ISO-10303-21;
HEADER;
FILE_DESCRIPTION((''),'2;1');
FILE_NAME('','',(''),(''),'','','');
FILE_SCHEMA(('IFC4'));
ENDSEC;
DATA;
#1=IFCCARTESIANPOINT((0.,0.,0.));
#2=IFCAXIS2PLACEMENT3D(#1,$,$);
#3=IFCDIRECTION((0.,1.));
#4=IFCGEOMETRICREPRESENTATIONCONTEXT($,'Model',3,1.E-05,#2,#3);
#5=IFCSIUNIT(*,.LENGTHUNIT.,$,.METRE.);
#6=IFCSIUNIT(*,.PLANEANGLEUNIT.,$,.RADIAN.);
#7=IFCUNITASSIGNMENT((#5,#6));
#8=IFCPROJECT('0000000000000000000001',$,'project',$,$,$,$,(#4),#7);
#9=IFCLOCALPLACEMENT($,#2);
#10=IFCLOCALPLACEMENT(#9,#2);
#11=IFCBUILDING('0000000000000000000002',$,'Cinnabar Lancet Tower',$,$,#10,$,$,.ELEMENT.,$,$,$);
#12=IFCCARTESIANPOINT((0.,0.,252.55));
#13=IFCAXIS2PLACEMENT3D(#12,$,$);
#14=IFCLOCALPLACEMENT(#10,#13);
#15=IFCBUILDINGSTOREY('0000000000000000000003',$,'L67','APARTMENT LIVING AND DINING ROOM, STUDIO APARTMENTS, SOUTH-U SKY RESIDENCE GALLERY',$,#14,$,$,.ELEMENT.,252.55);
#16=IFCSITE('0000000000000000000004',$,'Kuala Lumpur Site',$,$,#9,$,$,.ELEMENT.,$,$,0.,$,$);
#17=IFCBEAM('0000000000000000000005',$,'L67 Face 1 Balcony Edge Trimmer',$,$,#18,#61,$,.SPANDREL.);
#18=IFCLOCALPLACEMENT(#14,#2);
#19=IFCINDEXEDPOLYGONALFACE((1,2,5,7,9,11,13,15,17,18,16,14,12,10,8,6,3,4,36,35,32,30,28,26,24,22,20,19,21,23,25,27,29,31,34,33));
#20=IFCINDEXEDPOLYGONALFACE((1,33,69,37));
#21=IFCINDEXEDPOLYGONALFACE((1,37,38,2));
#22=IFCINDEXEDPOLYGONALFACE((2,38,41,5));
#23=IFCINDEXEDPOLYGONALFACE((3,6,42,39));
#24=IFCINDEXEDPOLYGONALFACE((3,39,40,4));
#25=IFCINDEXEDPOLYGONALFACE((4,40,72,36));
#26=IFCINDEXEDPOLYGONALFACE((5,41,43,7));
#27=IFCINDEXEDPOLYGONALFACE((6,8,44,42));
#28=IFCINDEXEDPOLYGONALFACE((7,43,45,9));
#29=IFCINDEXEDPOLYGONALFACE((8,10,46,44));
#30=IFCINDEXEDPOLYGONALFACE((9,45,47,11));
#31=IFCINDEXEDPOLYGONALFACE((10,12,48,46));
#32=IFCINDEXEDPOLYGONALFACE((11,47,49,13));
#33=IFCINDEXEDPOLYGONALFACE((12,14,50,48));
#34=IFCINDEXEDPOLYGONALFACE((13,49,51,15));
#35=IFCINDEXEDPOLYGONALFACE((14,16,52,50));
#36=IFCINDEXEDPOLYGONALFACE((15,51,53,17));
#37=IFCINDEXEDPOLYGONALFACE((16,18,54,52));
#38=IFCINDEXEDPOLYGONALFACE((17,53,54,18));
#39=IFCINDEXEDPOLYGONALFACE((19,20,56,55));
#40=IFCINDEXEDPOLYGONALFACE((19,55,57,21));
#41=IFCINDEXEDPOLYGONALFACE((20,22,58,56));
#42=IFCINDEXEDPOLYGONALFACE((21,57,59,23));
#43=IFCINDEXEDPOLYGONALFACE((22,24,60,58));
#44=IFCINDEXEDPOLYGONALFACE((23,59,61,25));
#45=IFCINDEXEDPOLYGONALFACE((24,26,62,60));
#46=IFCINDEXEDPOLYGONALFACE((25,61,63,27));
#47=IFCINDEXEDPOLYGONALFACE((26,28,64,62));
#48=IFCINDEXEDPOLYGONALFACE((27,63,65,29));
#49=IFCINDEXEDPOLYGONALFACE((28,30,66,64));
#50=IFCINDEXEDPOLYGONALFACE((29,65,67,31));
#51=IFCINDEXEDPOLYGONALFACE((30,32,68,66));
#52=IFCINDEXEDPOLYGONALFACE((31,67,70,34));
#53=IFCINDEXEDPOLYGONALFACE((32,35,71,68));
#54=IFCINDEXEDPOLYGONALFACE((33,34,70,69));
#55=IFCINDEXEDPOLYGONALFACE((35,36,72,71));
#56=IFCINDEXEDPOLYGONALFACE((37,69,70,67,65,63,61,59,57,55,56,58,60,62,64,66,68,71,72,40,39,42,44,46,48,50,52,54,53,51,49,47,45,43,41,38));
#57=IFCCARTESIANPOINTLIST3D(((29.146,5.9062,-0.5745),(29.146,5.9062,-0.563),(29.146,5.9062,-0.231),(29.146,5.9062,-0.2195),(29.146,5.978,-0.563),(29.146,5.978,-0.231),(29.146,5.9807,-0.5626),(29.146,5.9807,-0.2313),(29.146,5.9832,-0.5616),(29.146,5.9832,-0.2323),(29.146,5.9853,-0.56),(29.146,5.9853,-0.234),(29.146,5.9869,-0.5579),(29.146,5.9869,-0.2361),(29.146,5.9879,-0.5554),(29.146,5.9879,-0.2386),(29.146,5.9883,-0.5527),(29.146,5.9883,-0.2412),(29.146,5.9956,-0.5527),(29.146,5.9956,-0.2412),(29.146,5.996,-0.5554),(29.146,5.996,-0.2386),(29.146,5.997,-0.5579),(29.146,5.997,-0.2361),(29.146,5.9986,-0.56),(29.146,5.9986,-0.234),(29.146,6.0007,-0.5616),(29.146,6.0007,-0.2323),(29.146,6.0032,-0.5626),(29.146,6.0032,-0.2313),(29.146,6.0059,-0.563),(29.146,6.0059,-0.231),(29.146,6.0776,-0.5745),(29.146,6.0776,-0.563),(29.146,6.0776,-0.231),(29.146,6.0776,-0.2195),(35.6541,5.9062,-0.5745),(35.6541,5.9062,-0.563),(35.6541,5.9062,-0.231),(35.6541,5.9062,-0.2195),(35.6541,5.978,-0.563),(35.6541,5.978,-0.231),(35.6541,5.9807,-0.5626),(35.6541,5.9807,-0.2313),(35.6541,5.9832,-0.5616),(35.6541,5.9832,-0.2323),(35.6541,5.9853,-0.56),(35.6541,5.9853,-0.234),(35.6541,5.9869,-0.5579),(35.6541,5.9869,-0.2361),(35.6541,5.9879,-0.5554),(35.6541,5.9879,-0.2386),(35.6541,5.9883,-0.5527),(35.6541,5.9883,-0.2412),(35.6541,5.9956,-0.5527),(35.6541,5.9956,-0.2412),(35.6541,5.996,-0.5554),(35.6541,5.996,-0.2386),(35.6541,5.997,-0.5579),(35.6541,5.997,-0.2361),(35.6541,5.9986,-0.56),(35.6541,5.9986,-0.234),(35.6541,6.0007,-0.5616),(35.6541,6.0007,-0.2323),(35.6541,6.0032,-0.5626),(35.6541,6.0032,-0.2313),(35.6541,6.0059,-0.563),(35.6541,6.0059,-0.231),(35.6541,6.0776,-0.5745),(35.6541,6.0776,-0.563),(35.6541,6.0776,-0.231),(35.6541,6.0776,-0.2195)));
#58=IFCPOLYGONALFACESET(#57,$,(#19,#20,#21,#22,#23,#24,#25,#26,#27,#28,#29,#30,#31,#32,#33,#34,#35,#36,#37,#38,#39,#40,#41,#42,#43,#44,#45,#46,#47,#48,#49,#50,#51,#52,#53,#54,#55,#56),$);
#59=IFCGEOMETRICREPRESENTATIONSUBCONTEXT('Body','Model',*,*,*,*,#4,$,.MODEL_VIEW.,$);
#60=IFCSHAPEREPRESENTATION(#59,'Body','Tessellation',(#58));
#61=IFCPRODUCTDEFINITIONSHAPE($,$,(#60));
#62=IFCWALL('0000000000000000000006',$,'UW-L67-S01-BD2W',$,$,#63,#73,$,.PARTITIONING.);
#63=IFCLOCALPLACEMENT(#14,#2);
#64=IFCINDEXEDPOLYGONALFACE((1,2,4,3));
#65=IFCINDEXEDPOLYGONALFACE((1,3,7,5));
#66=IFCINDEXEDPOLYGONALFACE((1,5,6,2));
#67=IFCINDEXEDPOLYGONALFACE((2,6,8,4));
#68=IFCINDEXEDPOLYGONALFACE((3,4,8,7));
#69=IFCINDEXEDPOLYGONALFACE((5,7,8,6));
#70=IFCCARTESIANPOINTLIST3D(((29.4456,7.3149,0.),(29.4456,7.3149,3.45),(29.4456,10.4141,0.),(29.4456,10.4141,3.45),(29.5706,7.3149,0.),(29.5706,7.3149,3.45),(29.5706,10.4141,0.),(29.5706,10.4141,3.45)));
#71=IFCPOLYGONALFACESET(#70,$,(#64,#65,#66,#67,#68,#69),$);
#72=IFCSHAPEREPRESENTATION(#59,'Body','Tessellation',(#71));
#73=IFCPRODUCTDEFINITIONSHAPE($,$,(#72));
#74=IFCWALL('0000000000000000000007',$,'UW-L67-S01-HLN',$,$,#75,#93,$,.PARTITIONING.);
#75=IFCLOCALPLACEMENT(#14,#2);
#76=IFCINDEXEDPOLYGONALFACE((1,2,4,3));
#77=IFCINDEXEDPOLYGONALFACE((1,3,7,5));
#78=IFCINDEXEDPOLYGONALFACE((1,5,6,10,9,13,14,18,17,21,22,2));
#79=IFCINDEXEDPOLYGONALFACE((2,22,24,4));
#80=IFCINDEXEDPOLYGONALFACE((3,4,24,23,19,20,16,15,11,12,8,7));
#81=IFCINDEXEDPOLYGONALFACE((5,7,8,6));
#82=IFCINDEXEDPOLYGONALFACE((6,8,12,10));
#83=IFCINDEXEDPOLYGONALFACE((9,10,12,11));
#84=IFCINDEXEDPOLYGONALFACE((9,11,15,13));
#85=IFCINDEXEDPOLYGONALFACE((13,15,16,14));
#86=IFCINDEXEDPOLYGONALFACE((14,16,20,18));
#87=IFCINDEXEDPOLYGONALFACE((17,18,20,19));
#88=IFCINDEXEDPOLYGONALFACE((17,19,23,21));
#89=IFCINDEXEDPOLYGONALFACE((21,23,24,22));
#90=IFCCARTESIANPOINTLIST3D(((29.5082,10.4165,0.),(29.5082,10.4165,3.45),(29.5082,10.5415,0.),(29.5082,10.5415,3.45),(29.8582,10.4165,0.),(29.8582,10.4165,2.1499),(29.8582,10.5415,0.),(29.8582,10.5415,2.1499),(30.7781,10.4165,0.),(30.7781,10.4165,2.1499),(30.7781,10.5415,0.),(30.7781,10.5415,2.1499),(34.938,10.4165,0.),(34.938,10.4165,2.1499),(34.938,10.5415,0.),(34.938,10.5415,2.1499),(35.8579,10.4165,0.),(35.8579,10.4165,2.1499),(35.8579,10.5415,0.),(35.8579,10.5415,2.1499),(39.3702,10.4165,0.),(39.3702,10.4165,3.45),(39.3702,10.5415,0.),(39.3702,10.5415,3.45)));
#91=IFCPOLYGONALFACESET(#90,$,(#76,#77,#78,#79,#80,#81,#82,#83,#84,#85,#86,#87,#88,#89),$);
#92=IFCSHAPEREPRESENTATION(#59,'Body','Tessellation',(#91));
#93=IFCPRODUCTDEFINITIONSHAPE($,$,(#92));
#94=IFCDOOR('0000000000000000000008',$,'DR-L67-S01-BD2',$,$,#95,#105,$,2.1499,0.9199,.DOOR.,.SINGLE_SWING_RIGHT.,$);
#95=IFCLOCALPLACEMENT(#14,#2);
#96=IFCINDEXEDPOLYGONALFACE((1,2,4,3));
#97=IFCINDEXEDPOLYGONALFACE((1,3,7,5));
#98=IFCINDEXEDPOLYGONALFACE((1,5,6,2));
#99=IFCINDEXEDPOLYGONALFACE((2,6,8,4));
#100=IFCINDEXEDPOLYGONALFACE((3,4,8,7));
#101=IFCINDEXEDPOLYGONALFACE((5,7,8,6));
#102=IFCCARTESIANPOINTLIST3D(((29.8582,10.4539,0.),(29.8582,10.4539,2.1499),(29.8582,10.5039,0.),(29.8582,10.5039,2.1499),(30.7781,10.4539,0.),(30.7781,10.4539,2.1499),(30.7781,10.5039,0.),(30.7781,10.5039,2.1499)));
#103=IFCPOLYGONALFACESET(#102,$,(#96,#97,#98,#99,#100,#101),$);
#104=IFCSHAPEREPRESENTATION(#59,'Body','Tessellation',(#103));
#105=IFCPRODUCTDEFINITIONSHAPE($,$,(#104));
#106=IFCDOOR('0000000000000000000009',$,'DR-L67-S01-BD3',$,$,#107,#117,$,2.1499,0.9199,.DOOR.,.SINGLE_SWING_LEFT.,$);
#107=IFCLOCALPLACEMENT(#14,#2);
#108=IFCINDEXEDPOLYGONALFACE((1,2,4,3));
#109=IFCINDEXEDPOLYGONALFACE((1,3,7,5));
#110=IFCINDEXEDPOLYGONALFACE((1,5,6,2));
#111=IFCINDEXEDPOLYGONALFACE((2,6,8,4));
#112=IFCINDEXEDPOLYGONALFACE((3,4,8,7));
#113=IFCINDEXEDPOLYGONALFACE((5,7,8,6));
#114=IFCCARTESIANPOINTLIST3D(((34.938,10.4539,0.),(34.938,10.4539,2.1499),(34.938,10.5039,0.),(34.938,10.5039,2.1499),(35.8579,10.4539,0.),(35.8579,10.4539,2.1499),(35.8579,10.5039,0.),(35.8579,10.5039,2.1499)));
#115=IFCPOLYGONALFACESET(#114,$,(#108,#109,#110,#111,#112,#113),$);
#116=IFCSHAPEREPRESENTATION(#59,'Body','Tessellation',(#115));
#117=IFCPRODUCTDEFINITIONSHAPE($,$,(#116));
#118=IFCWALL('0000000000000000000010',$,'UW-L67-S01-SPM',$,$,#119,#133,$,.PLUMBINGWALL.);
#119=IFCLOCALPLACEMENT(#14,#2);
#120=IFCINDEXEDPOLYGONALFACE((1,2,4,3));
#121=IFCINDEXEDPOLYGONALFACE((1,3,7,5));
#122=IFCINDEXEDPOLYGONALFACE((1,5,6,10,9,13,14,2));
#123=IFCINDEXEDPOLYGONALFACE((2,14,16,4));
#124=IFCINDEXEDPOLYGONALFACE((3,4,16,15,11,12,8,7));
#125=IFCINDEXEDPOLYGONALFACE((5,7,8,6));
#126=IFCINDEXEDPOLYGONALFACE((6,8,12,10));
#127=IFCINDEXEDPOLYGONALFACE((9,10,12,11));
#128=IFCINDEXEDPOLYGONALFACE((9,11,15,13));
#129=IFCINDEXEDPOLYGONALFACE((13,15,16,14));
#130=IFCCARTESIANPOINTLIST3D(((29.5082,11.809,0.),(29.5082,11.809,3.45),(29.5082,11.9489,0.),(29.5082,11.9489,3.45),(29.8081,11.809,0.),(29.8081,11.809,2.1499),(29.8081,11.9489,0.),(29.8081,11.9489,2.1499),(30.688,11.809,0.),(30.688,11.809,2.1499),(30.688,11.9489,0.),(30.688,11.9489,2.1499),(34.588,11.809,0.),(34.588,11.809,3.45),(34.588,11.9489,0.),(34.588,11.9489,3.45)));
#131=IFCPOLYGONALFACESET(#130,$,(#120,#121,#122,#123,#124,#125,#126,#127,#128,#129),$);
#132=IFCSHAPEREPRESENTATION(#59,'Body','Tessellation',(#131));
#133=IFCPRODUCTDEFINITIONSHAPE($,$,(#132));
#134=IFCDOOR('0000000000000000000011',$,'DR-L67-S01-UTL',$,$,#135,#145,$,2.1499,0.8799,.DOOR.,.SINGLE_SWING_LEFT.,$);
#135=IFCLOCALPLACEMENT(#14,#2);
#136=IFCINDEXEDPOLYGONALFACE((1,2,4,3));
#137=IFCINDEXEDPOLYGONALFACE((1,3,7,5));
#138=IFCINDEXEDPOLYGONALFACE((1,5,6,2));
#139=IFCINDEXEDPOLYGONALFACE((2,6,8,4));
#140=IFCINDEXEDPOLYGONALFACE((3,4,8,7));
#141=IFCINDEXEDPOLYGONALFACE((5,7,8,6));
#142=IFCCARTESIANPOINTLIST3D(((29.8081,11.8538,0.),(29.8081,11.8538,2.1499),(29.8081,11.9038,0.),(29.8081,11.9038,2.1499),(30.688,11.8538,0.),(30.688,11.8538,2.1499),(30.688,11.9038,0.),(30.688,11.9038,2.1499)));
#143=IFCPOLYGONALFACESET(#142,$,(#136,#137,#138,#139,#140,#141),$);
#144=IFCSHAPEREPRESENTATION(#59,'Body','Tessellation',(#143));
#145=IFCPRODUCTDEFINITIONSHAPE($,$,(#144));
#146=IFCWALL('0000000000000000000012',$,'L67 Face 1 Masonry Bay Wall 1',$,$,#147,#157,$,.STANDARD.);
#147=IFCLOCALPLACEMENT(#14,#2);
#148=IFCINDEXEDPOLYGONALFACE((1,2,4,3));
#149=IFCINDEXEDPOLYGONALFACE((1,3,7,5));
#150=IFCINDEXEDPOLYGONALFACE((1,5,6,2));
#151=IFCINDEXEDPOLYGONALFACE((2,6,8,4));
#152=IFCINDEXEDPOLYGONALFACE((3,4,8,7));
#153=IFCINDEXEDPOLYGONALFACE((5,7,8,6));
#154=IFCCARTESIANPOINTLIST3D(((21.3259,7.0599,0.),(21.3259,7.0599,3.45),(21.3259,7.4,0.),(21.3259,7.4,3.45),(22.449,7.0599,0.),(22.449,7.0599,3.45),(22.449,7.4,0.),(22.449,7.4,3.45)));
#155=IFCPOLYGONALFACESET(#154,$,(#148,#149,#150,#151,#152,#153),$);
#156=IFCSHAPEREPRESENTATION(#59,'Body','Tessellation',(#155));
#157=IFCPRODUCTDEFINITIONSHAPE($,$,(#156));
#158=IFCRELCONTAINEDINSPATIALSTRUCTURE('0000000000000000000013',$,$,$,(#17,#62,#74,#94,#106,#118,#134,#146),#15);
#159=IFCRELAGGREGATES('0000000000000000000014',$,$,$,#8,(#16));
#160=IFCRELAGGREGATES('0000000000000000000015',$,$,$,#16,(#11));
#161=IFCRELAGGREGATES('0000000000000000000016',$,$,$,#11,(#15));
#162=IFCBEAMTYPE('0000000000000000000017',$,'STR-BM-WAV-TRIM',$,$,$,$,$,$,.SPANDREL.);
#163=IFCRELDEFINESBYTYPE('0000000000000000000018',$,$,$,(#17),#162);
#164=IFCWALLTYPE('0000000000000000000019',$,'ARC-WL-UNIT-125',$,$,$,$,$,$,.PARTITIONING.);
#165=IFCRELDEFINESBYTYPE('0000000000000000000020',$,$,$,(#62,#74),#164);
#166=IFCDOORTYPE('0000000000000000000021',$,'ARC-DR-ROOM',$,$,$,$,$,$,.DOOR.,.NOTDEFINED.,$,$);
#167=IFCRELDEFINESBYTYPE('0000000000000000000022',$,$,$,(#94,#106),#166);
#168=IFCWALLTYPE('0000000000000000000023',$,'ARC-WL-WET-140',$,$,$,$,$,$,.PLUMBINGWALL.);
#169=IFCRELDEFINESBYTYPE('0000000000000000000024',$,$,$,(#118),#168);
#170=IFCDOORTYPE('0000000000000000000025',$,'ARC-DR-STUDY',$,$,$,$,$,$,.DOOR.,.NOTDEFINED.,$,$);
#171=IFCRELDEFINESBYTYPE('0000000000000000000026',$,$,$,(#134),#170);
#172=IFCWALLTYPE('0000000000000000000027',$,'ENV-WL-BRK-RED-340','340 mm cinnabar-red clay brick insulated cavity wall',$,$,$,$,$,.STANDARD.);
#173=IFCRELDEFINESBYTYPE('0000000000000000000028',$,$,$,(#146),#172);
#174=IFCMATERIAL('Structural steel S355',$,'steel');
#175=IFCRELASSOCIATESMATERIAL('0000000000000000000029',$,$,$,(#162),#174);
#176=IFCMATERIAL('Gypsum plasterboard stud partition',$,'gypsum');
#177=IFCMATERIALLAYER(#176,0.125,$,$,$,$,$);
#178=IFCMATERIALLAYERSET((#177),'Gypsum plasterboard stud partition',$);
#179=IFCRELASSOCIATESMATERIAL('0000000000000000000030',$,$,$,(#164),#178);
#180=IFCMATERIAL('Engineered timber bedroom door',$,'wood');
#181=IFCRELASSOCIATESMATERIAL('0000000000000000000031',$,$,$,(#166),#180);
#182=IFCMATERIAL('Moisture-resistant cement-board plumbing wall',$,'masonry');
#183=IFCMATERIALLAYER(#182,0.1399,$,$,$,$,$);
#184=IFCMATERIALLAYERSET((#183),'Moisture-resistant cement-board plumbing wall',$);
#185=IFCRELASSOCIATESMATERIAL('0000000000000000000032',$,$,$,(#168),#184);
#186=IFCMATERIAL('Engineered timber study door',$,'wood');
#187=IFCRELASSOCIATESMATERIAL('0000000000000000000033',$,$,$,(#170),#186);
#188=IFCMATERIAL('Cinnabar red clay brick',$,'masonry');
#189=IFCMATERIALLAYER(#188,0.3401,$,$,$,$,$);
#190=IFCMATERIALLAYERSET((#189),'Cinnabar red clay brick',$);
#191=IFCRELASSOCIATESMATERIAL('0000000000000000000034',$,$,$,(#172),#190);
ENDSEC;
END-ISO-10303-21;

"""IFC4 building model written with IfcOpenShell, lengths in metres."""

from ifc_helpers import new_model, si_unit, direction, frame, frame_2d, origin, origin_2d, place, context, subcontext, project, spatial, rectangle, i_section, extrude, material, layer, layer_set, material_profile, profile_set, type_object, element, fill, save


model = new_model("IFC4")

# Units and contexts
model_context = context("Model", 3, precision=1e-05, world=origin(), true_north=direction((0.0, 1.0)))
body_context = subcontext(model_context, "Body", "Model", "MODEL_VIEW")
ifc_project = project(units=[si_unit("LENGTHUNIT", "METRE"), si_unit("PLANEANGLEUNIT", "RADIAN")], contexts=[model_context])

# Site, building, storey
site_placement = place(None, origin())
site = spatial("IfcSite", under=ifc_project, at=site_placement, Name="Kuala Lumpur Site", CompositionType="ELEMENT", RefElevation=0.0)
building_placement = place(site_placement, origin())
building = spatial("IfcBuilding", under=site, at=building_placement, Name="Cinnabar Lancet Tower", CompositionType="ELEMENT")
storey_placement = place(building_placement, frame((0.0, 0.0, 252.55)))
storey = spatial("IfcBuildingStorey", under=building, at=storey_placement, Name="L67", Description="APARTMENT LIVING AND DINING ROOM, STUDIO APARTMENTS, SOUTH-U SKY RESIDENCE GALLERY", CompositionType="ELEMENT", Elevation=252.55)

# Beam
ifc_material_1 = material(Name="Structural steel S355", Category="steel")
ifc_material_profile_1 = material_profile(ifc_material_1, i_section(OverallWidth=0.1714, OverallDepth=0.355, WebThickness=0.0073, FlangeThickness=0.0115, FilletRadius=0.0103, at=origin_2d()), Name="UKB 356x171x51")
ifc_profile_set_1 = profile_set([ifc_material_profile_1], Name="Structural steel S355")
beam_type_1 = type_object("IfcBeamType", Name="STR-BM-WAV-TRIM", PredefinedType="SPANDREL", material=ifc_profile_set_1)
beam_1_placement = place(storey_placement, frame((29.146, 5.9919, -0.397), z_axis=(1.0, 0.0, 0.0), x_axis=(0.0, 1.0, 0.0)))
element("IfcBeam", 1, at=beam_1_placement, inside=storey, type_object=beam_type_1, Name="L67 Face 1 Balcony Edge Trimmer", PredefinedType="SPANDREL", context=body_context, shape_type="SweptSolid", body=[
    extrude(i_section(OverallWidth=0.1714, OverallDepth=0.355, WebThickness=0.0073, FlangeThickness=0.0115, FilletRadius=0.0103, at=origin_2d()), origin(), (0.0, 0.0, 1.0), 6.5081),
])

# Wall
ifc_material_2 = material(Name="Gypsum plasterboard stud partition", Category="gypsum")
ifc_layer_1 = layer(ifc_material_2, 0.125)
ifc_layer_set_1 = layer_set([ifc_layer_1], Name="Gypsum plasterboard stud partition")
wall_type_1 = type_object("IfcWallType", Name="ARC-WL-UNIT-125", PredefinedType="PARTITIONING", material=ifc_layer_set_1)
wall_1_placement = place(storey_placement, frame((29.5081, 7.3149, 0.0), z_axis=(0.0, 0.0, 1.0), x_axis=(0.0, 1.0, 0.0)))
element("IfcWall", 2, at=wall_1_placement, inside=storey, type_object=wall_type_1, Name="UW-L67-S01-BD2W", PredefinedType="PARTITIONING", context=body_context, shape_type="SweptSolid", body=[
    extrude(rectangle(XDim=3.0991, YDim=0.125, at=frame_2d((1.5496, 0.0))), origin(), (0.0, 0.0, 1.0), 3.45),
])

# Wall, openings, doors
wall_2_placement = place(storey_placement, frame((29.5081, 10.479, 0.0), z_axis=(0.0, 0.0, 1.0), x_axis=(1.0, 0.0, 0.0)))
wall_2 = element("IfcWall", 3, at=wall_2_placement, inside=storey, type_object=wall_type_1, Name="UW-L67-S01-HLN", PredefinedType="PARTITIONING", context=body_context, shape_type="SweptSolid", body=[
    extrude(rectangle(XDim=9.8621, YDim=0.125, at=frame_2d((4.9312, 0.0))), origin(), (0.0, 0.0, 1.0), 3.45),
])
opening_1_placement = place(wall_2_placement, frame((0.3501, 0.0, 0.0)))
opening_1 = element("IfcOpeningElement", 4, at=opening_1_placement, cuts=wall_2, PredefinedType="OPENING", context=body_context, shape_type="SweptSolid", body=[
    extrude(rectangle(XDim=0.9199, YDim=2.1499, at=frame_2d((0.46, 1.075))), frame((0.0, 0.0725, 0.0), z_axis=(0.0, -1.0, 0.0), x_axis=(1.0, 0.0, 0.0)), (0.0, 0.0, 1.0), 0.145),
])
opening_2_placement = place(wall_2_placement, frame((5.4299, 0.0, 0.0)))
opening_2 = element("IfcOpeningElement", 5, at=opening_2_placement, cuts=wall_2, PredefinedType="OPENING", context=body_context, shape_type="SweptSolid", body=[
    extrude(rectangle(XDim=0.9199, YDim=2.1499, at=frame_2d((0.46, 1.075))), frame((0.0, 0.0725, 0.0), z_axis=(0.0, -1.0, 0.0), x_axis=(1.0, 0.0, 0.0)), (0.0, 0.0, 1.0), 0.145),
])
ifc_material_3 = material(Name="Engineered timber bedroom door", Category="wood")
door_type_1 = type_object("IfcDoorType", Name="ARC-DR-ROOM", OperationType="NOTDEFINED", PredefinedType="DOOR", material=ifc_material_3)
door_1_placement = place(opening_1_placement, origin())
door_1 = element("IfcDoor", 6, at=door_1_placement, inside=storey, type_object=door_type_1, Name="DR-L67-S01-BD2", OperationType="SINGLE_SWING_RIGHT", OverallHeight=2.1499, OverallWidth=0.9199, PredefinedType="DOOR", context=body_context, shape_type="SweptSolid", body=[
    extrude(rectangle(XDim=0.9199, YDim=2.1499, at=frame_2d((0.46, 1.075))), frame((0.0, 0.0249, 0.0), z_axis=(0.0, -1.0, 0.0), x_axis=(1.0, 0.0, 0.0)), (0.0, 0.0, 1.0), 0.05),
])
fill(opening_1, door_1)
door_2_placement = place(opening_2_placement, origin())
door_2 = element("IfcDoor", 7, at=door_2_placement, inside=storey, type_object=door_type_1, Name="DR-L67-S01-BD3", OperationType="SINGLE_SWING_LEFT", OverallHeight=2.1499, OverallWidth=0.9199, PredefinedType="DOOR", context=body_context, shape_type="SweptSolid", body=[
    extrude(rectangle(XDim=0.9199, YDim=2.1499, at=frame_2d((0.46, 1.075))), frame((0.0, 0.0249, 0.0), z_axis=(0.0, -1.0, 0.0), x_axis=(1.0, 0.0, 0.0)), (0.0, 0.0, 1.0), 0.05),
])
fill(opening_2, door_2)
ifc_material_4 = material(Name="Moisture-resistant cement-board plumbing wall", Category="masonry")
ifc_layer_2 = layer(ifc_material_4, 0.1399)
ifc_layer_set_2 = layer_set([ifc_layer_2], Name="Moisture-resistant cement-board plumbing wall")
wall_type_2 = type_object("IfcWallType", Name="ARC-WL-WET-140", PredefinedType="PLUMBINGWALL", material=ifc_layer_set_2)
ifc_material_5 = material(Name="Engineered timber study door", Category="wood")
door_type_2 = type_object("IfcDoorType", Name="ARC-DR-STUDY", OperationType="NOTDEFINED", PredefinedType="DOOR", material=ifc_material_5)

# Wall, opening, door
wall_3_placement = place(storey_placement, frame((29.5081, 11.8789, 0.0), z_axis=(0.0, 0.0, 1.0), x_axis=(1.0, 0.0, 0.0)))
wall_3 = element("IfcWall", 8, at=wall_3_placement, inside=storey, type_object=wall_type_2, Name="UW-L67-S01-SPM", PredefinedType="PLUMBINGWALL", context=body_context, shape_type="SweptSolid", body=[
    extrude(rectangle(XDim=5.0798, YDim=0.1399, at=frame_2d((2.54, 0.0))), origin(), (0.0, 0.0, 1.0), 3.45),
])
opening_3_placement = place(wall_3_placement, frame((0.3, 0.0, 0.0)))
opening_3 = element("IfcOpeningElement", 9, at=opening_3_placement, cuts=wall_3, PredefinedType="OPENING", context=body_context, shape_type="SweptSolid", body=[
    extrude(rectangle(XDim=0.8799, YDim=2.1499, at=frame_2d((0.4399, 1.075))), frame((0.0, 0.0798, 0.0), z_axis=(0.0, -1.0, 0.0), x_axis=(1.0, 0.0, 0.0)), (0.0, 0.0, 1.0), 0.1599),
])
door_3_placement = place(opening_3_placement, origin())
door_3 = element("IfcDoor", 10, at=door_3_placement, inside=storey, type_object=door_type_2, Name="DR-L67-S01-UTL", OperationType="SINGLE_SWING_LEFT", OverallHeight=2.1499, OverallWidth=0.8799, PredefinedType="DOOR", context=body_context, shape_type="SweptSolid", body=[
    extrude(rectangle(XDim=0.8799, YDim=2.1499, at=frame_2d((0.4399, 1.075))), frame((0.0, 0.0249, 0.0), z_axis=(0.0, -1.0, 0.0), x_axis=(1.0, 0.0, 0.0)), (0.0, 0.0, 1.0), 0.05),
])
fill(opening_3, door_3)

# Wall
ifc_material_6 = material(Name="Cinnabar red clay brick", Category="masonry")
ifc_layer_3 = layer(ifc_material_6, 0.3401)
ifc_layer_set_3 = layer_set([ifc_layer_3], Name="Cinnabar red clay brick")
wall_type_3 = type_object("IfcWallType", Name="ENV-WL-BRK-RED-340", Description="340 mm cinnabar-red clay brick insulated cavity wall", PredefinedType="STANDARD", material=ifc_layer_set_3)
wall_4_placement = place(storey_placement, frame((21.3259, 7.23, 0.0), z_axis=(0.0, 0.0, 1.0), x_axis=(1.0, 0.0, 0.0)))
element("IfcWall", 11, at=wall_4_placement, inside=storey, type_object=wall_type_3, Name="L67 Face 1 Masonry Bay Wall 1", PredefinedType="STANDARD", context=body_context, shape_type="SweptSolid", body=[
    extrude(rectangle(XDim=1.123, YDim=0.3401, at=frame_2d((0.5615, 0.0))), origin(), (0.0, 0.0, 1.0), 3.45),
])

save(model, "model.ifc")
